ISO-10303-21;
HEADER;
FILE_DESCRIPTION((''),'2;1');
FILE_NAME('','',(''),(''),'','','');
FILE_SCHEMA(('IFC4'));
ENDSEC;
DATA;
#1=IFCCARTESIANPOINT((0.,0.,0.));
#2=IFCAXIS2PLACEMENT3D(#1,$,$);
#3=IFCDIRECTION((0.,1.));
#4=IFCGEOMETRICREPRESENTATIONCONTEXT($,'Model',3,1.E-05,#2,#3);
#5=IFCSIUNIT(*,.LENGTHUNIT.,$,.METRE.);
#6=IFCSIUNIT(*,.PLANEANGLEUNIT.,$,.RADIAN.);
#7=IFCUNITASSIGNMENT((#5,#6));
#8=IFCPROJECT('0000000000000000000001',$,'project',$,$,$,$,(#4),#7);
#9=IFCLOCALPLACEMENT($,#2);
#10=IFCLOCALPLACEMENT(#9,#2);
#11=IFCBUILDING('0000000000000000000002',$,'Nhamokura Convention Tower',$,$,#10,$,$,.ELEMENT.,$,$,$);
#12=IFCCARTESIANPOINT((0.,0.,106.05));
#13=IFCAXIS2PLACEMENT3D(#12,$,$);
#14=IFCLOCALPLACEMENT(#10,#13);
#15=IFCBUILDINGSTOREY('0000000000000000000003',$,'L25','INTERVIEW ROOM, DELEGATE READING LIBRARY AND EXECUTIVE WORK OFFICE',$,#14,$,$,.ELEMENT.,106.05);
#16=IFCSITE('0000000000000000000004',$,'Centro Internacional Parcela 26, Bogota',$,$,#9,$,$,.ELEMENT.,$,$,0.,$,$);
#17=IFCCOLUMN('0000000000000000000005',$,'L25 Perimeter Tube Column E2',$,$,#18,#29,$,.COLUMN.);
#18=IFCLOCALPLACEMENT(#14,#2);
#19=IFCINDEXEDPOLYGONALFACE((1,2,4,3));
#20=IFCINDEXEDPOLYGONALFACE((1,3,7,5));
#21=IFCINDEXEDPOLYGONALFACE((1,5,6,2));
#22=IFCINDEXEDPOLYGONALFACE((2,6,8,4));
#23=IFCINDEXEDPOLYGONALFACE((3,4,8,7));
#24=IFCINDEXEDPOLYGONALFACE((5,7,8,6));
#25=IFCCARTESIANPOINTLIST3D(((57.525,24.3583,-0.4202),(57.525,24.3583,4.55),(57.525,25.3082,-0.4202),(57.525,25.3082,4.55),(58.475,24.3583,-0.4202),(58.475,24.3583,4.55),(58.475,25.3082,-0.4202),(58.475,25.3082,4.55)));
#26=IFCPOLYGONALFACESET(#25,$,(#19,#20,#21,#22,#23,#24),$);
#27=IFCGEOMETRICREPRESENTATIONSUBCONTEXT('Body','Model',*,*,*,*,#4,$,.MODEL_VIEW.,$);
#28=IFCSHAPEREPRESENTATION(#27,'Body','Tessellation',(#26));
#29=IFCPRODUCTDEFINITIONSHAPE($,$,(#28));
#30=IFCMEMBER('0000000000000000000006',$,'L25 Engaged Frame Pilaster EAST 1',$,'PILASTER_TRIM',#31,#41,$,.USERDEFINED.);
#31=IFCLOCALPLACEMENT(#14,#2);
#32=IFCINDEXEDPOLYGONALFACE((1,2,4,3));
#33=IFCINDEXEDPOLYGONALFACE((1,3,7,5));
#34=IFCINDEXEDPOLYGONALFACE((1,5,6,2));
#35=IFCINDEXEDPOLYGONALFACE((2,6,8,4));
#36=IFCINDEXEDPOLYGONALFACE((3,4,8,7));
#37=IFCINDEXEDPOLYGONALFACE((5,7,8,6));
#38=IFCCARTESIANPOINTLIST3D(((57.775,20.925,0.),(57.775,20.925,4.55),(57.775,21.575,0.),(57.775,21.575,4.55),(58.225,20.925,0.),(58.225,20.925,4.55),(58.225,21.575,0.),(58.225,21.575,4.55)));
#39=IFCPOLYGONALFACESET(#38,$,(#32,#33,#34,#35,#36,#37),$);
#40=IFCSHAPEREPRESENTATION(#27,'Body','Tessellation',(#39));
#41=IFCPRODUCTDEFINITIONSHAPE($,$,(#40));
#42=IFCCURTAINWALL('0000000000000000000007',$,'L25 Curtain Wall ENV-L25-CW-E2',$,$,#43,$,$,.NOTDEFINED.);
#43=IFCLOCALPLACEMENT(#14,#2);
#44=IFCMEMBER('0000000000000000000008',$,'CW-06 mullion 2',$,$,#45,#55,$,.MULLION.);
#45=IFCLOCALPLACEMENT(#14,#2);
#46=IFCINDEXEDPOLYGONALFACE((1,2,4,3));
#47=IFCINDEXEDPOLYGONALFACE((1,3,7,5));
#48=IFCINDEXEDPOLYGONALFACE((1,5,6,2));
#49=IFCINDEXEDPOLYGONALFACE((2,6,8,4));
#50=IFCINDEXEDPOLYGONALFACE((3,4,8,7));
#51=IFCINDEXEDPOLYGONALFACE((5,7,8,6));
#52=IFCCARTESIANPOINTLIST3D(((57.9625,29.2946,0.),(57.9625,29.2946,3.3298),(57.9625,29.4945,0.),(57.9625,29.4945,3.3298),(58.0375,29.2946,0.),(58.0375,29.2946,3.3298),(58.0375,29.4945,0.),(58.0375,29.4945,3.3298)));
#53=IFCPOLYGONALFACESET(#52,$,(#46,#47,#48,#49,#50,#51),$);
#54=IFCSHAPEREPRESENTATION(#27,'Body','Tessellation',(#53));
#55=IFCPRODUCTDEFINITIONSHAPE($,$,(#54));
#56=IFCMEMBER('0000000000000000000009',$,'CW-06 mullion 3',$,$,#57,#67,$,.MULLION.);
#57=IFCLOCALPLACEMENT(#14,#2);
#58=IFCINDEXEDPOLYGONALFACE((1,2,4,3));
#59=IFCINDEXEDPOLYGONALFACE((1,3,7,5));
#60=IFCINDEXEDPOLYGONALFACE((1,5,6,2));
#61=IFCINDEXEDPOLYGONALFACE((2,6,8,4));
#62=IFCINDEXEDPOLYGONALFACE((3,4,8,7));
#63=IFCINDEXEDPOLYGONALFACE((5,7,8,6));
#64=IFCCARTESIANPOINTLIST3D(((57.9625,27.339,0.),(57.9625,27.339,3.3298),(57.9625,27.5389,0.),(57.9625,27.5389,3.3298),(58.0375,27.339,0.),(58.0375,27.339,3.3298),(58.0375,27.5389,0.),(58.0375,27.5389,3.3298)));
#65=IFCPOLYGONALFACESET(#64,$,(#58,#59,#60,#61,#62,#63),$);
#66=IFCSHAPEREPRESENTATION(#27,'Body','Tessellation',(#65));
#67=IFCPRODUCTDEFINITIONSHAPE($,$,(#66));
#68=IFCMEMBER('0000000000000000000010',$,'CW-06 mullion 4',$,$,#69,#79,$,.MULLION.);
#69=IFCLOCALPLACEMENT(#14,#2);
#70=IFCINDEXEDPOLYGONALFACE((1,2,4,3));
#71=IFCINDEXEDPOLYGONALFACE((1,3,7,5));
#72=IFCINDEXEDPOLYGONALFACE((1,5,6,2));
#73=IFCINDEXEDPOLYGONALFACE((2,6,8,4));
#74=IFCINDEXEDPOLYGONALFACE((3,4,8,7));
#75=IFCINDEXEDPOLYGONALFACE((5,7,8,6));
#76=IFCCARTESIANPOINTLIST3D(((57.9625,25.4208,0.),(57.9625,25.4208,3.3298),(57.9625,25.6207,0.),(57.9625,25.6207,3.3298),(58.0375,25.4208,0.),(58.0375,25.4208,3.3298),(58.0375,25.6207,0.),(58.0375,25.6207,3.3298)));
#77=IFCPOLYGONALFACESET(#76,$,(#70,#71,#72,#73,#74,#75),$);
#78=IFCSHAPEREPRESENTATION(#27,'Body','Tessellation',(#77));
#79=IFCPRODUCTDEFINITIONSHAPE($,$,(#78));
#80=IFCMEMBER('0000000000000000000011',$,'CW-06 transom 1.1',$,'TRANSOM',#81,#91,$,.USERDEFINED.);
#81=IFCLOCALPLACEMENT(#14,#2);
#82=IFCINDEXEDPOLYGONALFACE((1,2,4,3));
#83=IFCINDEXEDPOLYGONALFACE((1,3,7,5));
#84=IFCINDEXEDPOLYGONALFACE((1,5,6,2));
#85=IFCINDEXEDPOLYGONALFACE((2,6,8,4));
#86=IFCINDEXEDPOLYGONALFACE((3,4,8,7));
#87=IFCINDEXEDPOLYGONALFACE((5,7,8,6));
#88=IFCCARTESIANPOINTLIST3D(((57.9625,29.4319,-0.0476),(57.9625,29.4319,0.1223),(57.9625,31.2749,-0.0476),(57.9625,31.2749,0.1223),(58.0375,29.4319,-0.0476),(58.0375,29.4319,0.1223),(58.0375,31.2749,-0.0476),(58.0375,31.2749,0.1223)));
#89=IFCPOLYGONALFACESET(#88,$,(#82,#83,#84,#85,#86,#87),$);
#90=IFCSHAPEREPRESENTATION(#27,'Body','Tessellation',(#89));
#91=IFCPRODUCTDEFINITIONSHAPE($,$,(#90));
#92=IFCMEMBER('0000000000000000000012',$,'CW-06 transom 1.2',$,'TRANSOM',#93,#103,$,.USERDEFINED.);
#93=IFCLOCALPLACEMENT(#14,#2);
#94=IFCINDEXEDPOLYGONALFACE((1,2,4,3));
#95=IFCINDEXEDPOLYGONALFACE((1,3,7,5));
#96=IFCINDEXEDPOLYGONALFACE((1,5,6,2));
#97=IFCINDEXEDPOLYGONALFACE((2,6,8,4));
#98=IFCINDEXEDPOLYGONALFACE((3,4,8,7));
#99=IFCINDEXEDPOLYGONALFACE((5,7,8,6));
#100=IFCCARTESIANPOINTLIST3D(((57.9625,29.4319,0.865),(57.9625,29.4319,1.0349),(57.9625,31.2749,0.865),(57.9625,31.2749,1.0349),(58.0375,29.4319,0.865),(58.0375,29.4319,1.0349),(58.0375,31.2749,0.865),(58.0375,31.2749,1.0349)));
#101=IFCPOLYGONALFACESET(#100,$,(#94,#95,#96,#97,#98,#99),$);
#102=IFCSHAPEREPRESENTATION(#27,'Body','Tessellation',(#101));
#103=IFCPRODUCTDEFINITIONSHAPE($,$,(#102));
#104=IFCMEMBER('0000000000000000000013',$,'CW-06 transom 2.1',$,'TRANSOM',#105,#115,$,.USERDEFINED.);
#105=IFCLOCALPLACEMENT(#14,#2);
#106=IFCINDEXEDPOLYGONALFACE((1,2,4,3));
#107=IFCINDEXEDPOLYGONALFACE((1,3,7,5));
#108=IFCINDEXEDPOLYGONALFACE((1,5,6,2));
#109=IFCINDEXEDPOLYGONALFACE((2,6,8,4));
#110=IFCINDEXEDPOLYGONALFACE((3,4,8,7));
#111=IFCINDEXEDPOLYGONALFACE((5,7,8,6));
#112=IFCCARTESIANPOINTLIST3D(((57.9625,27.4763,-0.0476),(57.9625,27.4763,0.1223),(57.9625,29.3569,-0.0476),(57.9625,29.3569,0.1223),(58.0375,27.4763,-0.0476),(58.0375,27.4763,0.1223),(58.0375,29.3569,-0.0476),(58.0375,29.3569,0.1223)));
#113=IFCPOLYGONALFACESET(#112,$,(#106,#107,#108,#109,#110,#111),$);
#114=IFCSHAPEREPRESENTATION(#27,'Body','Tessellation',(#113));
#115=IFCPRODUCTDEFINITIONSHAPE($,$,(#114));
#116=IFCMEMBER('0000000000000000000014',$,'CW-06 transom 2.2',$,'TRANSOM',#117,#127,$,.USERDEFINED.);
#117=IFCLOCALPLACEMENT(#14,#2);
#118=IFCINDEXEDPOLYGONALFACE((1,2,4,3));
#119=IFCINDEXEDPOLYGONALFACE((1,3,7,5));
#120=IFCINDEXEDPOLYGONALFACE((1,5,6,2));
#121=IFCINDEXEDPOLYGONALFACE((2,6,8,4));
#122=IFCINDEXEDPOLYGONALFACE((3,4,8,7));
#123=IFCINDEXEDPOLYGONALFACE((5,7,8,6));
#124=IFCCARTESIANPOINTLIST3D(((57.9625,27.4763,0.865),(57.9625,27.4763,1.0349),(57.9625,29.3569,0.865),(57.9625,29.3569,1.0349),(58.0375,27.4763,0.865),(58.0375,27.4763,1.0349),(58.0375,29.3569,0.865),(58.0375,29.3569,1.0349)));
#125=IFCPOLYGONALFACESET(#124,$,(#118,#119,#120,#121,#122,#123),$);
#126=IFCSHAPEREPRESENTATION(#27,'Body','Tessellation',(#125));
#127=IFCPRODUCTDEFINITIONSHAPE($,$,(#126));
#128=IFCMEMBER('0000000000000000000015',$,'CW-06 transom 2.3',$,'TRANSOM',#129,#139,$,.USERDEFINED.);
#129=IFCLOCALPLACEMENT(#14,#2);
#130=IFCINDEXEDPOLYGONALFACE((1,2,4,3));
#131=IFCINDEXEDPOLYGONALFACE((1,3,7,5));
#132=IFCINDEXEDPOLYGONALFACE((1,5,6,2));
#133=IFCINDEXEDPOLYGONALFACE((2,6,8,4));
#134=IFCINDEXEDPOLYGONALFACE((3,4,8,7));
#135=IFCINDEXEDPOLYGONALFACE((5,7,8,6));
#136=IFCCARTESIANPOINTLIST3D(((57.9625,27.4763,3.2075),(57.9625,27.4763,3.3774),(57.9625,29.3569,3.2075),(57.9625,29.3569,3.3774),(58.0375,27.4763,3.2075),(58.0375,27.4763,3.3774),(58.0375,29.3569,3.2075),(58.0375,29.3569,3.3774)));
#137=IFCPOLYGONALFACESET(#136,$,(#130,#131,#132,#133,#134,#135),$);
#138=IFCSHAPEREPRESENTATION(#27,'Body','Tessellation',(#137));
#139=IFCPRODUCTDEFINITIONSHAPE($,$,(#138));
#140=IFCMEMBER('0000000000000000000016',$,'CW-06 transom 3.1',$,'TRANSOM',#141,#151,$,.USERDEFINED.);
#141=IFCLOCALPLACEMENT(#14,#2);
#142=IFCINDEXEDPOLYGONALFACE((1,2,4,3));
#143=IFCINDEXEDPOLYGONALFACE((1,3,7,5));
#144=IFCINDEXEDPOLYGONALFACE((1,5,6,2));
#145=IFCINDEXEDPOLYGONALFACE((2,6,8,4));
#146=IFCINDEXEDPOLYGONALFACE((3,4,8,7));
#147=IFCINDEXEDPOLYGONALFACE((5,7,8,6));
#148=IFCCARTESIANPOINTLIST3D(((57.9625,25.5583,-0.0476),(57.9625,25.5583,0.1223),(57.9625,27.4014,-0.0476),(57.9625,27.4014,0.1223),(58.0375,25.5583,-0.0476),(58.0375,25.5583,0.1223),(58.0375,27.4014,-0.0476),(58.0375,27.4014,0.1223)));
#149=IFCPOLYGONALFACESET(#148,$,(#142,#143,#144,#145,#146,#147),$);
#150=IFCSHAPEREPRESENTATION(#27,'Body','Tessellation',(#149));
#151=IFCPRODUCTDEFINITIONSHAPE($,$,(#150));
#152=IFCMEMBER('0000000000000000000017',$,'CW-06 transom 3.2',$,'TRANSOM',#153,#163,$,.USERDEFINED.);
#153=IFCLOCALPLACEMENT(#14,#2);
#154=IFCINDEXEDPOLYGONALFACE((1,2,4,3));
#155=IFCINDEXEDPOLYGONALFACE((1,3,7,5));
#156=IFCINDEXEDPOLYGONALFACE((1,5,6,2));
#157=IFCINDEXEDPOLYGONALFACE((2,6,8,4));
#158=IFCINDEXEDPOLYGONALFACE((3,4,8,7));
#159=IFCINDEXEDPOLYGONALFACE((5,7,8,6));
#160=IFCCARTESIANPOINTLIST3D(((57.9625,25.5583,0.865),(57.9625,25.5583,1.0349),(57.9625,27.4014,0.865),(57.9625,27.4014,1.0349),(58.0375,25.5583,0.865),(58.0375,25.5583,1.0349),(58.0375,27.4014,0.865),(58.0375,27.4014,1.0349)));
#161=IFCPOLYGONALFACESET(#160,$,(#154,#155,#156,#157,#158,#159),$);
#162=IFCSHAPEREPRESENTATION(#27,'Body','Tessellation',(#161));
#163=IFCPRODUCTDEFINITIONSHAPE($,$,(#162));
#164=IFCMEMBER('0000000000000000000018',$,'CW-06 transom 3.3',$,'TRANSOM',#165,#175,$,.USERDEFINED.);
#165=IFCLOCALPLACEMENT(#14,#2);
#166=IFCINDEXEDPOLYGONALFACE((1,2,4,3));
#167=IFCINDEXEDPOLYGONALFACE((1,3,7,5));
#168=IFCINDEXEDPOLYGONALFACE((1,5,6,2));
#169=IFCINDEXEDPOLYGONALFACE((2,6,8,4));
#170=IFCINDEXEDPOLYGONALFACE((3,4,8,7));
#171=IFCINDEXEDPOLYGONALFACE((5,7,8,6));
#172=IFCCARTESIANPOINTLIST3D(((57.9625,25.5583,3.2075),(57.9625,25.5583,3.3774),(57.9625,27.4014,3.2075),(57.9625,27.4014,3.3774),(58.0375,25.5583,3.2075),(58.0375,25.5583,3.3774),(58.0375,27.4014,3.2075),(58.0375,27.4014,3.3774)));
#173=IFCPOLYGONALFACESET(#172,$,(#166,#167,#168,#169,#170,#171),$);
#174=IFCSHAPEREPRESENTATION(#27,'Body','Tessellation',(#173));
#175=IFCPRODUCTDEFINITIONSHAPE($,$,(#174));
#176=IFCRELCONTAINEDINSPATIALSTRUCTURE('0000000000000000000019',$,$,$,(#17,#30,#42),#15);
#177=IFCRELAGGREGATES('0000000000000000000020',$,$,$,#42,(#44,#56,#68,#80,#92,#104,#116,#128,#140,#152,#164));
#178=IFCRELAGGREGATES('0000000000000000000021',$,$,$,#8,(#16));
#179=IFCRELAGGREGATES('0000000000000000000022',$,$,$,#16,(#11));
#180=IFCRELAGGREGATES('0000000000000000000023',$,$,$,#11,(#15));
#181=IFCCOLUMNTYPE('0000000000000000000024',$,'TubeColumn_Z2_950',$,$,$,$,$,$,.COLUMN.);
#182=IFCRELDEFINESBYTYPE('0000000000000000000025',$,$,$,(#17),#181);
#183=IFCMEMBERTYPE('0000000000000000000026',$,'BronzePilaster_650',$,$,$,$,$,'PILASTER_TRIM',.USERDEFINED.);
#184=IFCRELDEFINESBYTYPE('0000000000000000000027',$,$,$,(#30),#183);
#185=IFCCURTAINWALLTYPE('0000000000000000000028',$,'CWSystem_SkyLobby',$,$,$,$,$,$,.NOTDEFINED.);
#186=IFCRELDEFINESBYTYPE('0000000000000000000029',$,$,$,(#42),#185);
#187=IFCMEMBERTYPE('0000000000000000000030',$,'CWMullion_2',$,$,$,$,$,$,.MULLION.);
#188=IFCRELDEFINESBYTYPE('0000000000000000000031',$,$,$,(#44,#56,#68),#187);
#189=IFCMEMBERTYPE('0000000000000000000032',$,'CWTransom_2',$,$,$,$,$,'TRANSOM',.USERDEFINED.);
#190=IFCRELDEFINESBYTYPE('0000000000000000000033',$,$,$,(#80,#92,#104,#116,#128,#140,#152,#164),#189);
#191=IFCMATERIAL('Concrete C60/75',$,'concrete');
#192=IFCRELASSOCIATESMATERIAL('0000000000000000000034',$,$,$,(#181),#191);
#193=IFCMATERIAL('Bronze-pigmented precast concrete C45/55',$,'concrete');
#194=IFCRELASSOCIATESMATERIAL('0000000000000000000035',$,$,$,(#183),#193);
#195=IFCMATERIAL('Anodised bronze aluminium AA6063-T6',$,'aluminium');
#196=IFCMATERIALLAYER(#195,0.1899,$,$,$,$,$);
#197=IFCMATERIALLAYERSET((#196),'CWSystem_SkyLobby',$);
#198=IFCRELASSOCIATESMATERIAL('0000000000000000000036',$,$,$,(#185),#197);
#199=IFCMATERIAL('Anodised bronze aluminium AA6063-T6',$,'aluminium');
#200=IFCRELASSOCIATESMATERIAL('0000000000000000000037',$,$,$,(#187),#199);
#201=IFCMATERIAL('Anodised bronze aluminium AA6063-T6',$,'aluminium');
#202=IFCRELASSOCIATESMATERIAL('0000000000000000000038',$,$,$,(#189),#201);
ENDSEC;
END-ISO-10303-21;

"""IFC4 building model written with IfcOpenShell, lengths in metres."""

from ifc_helpers import new_model, si_unit, direction, frame, origin, origin_2d, place, context, subcontext, project, spatial, rectangle, extrude, material, layer, layer_set, material_profile, profile_set, type_object, element, aggregate, save


model = new_model("IFC4")

# Units and contexts
model_context = context("Model", 3, precision=1e-05, world=origin(), true_north=direction((0.0, 1.0)))
body_context = subcontext(model_context, "Body", "Model", "MODEL_VIEW")
ifc_project = project(units=[si_unit("LENGTHUNIT", "METRE"), si_unit("PLANEANGLEUNIT", "RADIAN")], contexts=[model_context])

# Site, building, storey
site_placement = place(None, origin())
site = spatial("IfcSite", under=ifc_project, at=site_placement, Name="Centro Internacional Parcela 26, Bogota", CompositionType="ELEMENT", RefElevation=0.0)
building_placement = place(site_placement, origin())
building = spatial("IfcBuilding", under=site, at=building_placement, Name="Nhamokura Convention Tower", CompositionType="ELEMENT")
storey_placement = place(building_placement, frame((0.0, 0.0, 106.05)))
storey = spatial("IfcBuildingStorey", under=building, at=storey_placement, Name="L25", Description="INTERVIEW ROOM, DELEGATE READING LIBRARY AND EXECUTIVE WORK OFFICE", CompositionType="ELEMENT", Elevation=106.05)

# Column
ifc_material_1 = material(Name="Concrete C60/75", Category="concrete")
ifc_material_profile_1 = material_profile(ifc_material_1, rectangle(XDim=0.95, YDim=0.95, at=origin_2d()))
ifc_profile_set_1 = profile_set([ifc_material_profile_1], Name="Concrete C60/75")
column_type = type_object("IfcColumnType", Name="TubeColumn_Z2_950", PredefinedType="COLUMN", material=ifc_profile_set_1)
column_placement = place(storey_placement, frame((58.0, 24.8333, -0.4202), z_axis=(0.0, 0.0, 1.0), x_axis=(1.0, 0.0, 0.0)))
element("IfcColumn", 1, at=column_placement, inside=storey, type_object=column_type, Name="L25 Perimeter Tube Column E2", PredefinedType="COLUMN", context=body_context, shape_type="SweptSolid", body=[
    extrude(rectangle(XDim=0.95, YDim=0.95, at=origin_2d()), origin(), (0.0, 0.0, 1.0), 4.9702),
])

# Member
ifc_material_2 = material(Name="Bronze-pigmented precast concrete C45/55", Category="concrete")
ifc_material_profile_2 = material_profile(ifc_material_2, rectangle(XDim=0.45, YDim=0.6499, at=origin_2d()))
ifc_profile_set_2 = profile_set([ifc_material_profile_2], Name="Bronze-pigmented precast concrete C45/55")
member_type_1 = type_object("IfcMemberType", Name="BronzePilaster_650", ElementType="PILASTER_TRIM", PredefinedType="USERDEFINED", material=ifc_profile_set_2)
member_1_placement = place(storey_placement, frame((58.0, 21.25, 0.0), z_axis=(0.0, 0.0, 1.0), x_axis=(1.0, 0.0, 0.0)))
element("IfcMember", 2, at=member_1_placement, inside=storey, type_object=member_type_1, Name="L25 Engaged Frame Pilaster EAST 1", ObjectType="PILASTER_TRIM", PredefinedType="USERDEFINED", context=body_context, shape_type="SweptSolid", body=[
    extrude(rectangle(XDim=0.45, YDim=0.6499, at=origin_2d()), origin(), (0.0, 0.0, 1.0), 4.55),
])

# Curtain wall, members
ifc_material_3 = material(Name="Anodised bronze aluminium AA6063-T6", Category="aluminium")
ifc_layer_1 = layer(ifc_material_3, 0.1899)
ifc_layer_set_1 = layer_set([ifc_layer_1], Name="CWSystem_SkyLobby")
curtain_wall_type = type_object("IfcCurtainWallType", Name="CWSystem_SkyLobby", PredefinedType="NOTDEFINED", material=ifc_layer_set_1)
curtain_wall_placement = place(storey_placement, origin())
curtain_wall = element("IfcCurtainWall", 3, at=curtain_wall_placement, inside=storey, type_object=curtain_wall_type, Name="L25 Curtain Wall ENV-L25-CW-E2", PredefinedType="NOTDEFINED")
ifc_material_4 = material(Name="Anodised bronze aluminium AA6063-T6", Category="aluminium")
ifc_material_profile_3 = material_profile(ifc_material_4, rectangle(XDim=0.075, YDim=0.2, at=origin_2d()))
ifc_profile_set_3 = profile_set([ifc_material_profile_3], Name="Anodised bronze aluminium AA6063-T6")
member_type_2 = type_object("IfcMemberType", Name="CWMullion_2", PredefinedType="MULLION", material=ifc_profile_set_3)
member_2_placement = place(storey_placement, frame((58.0, 29.3945, 0.0), z_axis=(0.0, 0.0, 1.0), x_axis=(1.0, 0.0, 0.0)))
member_2 = element("IfcMember", 4, at=member_2_placement, type_object=member_type_2, Name="CW-06 mullion 2", PredefinedType="MULLION", context=body_context, shape_type="SweptSolid", body=[
    extrude(rectangle(XDim=0.075, YDim=0.2, at=origin_2d()), origin(), (0.0, 0.0, 1.0), 3.3298),
])
member_3_placement = place(storey_placement, frame((58.0, 27.439, 0.0), z_axis=(0.0, 0.0, 1.0), x_axis=(1.0, 0.0, 0.0)))
member_3 = element("IfcMember", 5, at=member_3_placement, type_object=member_type_2, Name="CW-06 mullion 3", PredefinedType="MULLION", context=body_context, shape_type="SweptSolid", body=[
    extrude(rectangle(XDim=0.075, YDim=0.2, at=origin_2d()), origin(), (0.0, 0.0, 1.0), 3.3298),
])
member_4_placement = place(storey_placement, frame((58.0, 25.5208, 0.0), z_axis=(0.0, 0.0, 1.0), x_axis=(1.0, 0.0, 0.0)))
member_4 = element("IfcMember", 6, at=member_4_placement, type_object=member_type_2, Name="CW-06 mullion 4", PredefinedType="MULLION", context=body_context, shape_type="SweptSolid", body=[
    extrude(rectangle(XDim=0.075, YDim=0.2, at=origin_2d()), origin(), (0.0, 0.0, 1.0), 3.3298),
])
ifc_material_5 = material(Name="Anodised bronze aluminium AA6063-T6", Category="aluminium")
ifc_material_profile_4 = material_profile(ifc_material_5, rectangle(XDim=0.075, YDim=0.1699, at=origin_2d()))
ifc_profile_set_4 = profile_set([ifc_material_profile_4], Name="Anodised bronze aluminium AA6063-T6")
member_type_3 = type_object("IfcMemberType", Name="CWTransom_2", ElementType="TRANSOM", PredefinedType="USERDEFINED", material=ifc_profile_set_4)
member_5_placement = place(storey_placement, frame((58.0, 31.2749, 0.0374), z_axis=(0.0, -1.0, 0.0), x_axis=(1.0, 0.0, 0.0)))
member_5 = element("IfcMember", 7, at=member_5_placement, type_object=member_type_3, Name="CW-06 transom 1.1", ObjectType="TRANSOM", PredefinedType="USERDEFINED", context=body_context, shape_type="SweptSolid", body=[
    extrude(rectangle(XDim=0.075, YDim=0.1699, at=origin_2d()), origin(), (0.0, 0.0, 1.0), 1.843),
])
member_6_placement = place(storey_placement, frame((58.0, 31.2749, 0.95), z_axis=(0.0, -1.0, 0.0), x_axis=(1.0, 0.0, 0.0)))
member_6 = element("IfcMember", 8, at=member_6_placement, type_object=member_type_3, Name="CW-06 transom 1.2", ObjectType="TRANSOM", PredefinedType="USERDEFINED", context=body_context, shape_type="SweptSolid", body=[
    extrude(rectangle(XDim=0.075, YDim=0.1699, at=origin_2d()), origin(), (0.0, 0.0, 1.0), 1.843),
])
member_7_placement = place(storey_placement, frame((58.0, 29.3569, 0.0374), z_axis=(0.0, -1.0, 0.0), x_axis=(1.0, 0.0, 0.0)))
member_7 = element("IfcMember", 9, at=member_7_placement, type_object=member_type_3, Name="CW-06 transom 2.1", ObjectType="TRANSOM", PredefinedType="USERDEFINED", context=body_context, shape_type="SweptSolid", body=[
    extrude(rectangle(XDim=0.075, YDim=0.1699, at=origin_2d()), origin(), (0.0, 0.0, 1.0), 1.8806),
])
member_8_placement = place(storey_placement, frame((58.0, 29.3569, 0.95), z_axis=(0.0, -1.0, 0.0), x_axis=(1.0, 0.0, 0.0)))
member_8 = element("IfcMember", 10, at=member_8_placement, type_object=member_type_3, Name="CW-06 transom 2.2", ObjectType="TRANSOM", PredefinedType="USERDEFINED", context=body_context, shape_type="SweptSolid", body=[
    extrude(rectangle(XDim=0.075, YDim=0.1699, at=origin_2d()), origin(), (0.0, 0.0, 1.0), 1.8806),
])
member_9_placement = place(storey_placement, frame((58.0, 29.3569, 3.2925), z_axis=(0.0, -1.0, 0.0), x_axis=(1.0, 0.0, 0.0)))
member_9 = element("IfcMember", 11, at=member_9_placement, type_object=member_type_3, Name="CW-06 transom 2.3", ObjectType="TRANSOM", PredefinedType="USERDEFINED", context=body_context, shape_type="SweptSolid", body=[
    extrude(rectangle(XDim=0.075, YDim=0.1699, at=origin_2d()), origin(), (0.0, 0.0, 1.0), 1.8806),
])
member_10_placement = place(storey_placement, frame((58.0, 27.4014, 0.0374), z_axis=(0.0, -1.0, 0.0), x_axis=(1.0, 0.0, 0.0)))
member_10 = element("IfcMember", 12, at=member_10_placement, type_object=member_type_3, Name="CW-06 transom 3.1", ObjectType="TRANSOM", PredefinedType="USERDEFINED", context=body_context, shape_type="SweptSolid", body=[
    extrude(rectangle(XDim=0.075, YDim=0.1699, at=origin_2d()), origin(), (0.0, 0.0, 1.0), 1.843),
])
member_11_placement = place(storey_placement, frame((58.0, 27.4014, 0.95), z_axis=(0.0, -1.0, 0.0), x_axis=(1.0, 0.0, 0.0)))
member_11 = element("IfcMember", 13, at=member_11_placement, type_object=member_type_3, Name="CW-06 transom 3.2", ObjectType="TRANSOM", PredefinedType="USERDEFINED", context=body_context, shape_type="SweptSolid", body=[
    extrude(rectangle(XDim=0.075, YDim=0.1699, at=origin_2d()), origin(), (0.0, 0.0, 1.0), 1.843),
])
member_12_placement = place(storey_placement, frame((58.0, 27.4014, 3.2925), z_axis=(0.0, -1.0, 0.0), x_axis=(1.0, 0.0, 0.0)))
member_12 = element("IfcMember", 14, at=member_12_placement, type_object=member_type_3, Name="CW-06 transom 3.3", ObjectType="TRANSOM", PredefinedType="USERDEFINED", context=body_context, shape_type="SweptSolid", body=[
    extrude(rectangle(XDim=0.075, YDim=0.1699, at=origin_2d()), origin(), (0.0, 0.0, 1.0), 1.843),
])

aggregate(curtain_wall, [member_2, member_3, member_4, member_5, member_6, member_7, member_8, member_9, member_10, member_11, member_12])

save(model, "model.ifc")
